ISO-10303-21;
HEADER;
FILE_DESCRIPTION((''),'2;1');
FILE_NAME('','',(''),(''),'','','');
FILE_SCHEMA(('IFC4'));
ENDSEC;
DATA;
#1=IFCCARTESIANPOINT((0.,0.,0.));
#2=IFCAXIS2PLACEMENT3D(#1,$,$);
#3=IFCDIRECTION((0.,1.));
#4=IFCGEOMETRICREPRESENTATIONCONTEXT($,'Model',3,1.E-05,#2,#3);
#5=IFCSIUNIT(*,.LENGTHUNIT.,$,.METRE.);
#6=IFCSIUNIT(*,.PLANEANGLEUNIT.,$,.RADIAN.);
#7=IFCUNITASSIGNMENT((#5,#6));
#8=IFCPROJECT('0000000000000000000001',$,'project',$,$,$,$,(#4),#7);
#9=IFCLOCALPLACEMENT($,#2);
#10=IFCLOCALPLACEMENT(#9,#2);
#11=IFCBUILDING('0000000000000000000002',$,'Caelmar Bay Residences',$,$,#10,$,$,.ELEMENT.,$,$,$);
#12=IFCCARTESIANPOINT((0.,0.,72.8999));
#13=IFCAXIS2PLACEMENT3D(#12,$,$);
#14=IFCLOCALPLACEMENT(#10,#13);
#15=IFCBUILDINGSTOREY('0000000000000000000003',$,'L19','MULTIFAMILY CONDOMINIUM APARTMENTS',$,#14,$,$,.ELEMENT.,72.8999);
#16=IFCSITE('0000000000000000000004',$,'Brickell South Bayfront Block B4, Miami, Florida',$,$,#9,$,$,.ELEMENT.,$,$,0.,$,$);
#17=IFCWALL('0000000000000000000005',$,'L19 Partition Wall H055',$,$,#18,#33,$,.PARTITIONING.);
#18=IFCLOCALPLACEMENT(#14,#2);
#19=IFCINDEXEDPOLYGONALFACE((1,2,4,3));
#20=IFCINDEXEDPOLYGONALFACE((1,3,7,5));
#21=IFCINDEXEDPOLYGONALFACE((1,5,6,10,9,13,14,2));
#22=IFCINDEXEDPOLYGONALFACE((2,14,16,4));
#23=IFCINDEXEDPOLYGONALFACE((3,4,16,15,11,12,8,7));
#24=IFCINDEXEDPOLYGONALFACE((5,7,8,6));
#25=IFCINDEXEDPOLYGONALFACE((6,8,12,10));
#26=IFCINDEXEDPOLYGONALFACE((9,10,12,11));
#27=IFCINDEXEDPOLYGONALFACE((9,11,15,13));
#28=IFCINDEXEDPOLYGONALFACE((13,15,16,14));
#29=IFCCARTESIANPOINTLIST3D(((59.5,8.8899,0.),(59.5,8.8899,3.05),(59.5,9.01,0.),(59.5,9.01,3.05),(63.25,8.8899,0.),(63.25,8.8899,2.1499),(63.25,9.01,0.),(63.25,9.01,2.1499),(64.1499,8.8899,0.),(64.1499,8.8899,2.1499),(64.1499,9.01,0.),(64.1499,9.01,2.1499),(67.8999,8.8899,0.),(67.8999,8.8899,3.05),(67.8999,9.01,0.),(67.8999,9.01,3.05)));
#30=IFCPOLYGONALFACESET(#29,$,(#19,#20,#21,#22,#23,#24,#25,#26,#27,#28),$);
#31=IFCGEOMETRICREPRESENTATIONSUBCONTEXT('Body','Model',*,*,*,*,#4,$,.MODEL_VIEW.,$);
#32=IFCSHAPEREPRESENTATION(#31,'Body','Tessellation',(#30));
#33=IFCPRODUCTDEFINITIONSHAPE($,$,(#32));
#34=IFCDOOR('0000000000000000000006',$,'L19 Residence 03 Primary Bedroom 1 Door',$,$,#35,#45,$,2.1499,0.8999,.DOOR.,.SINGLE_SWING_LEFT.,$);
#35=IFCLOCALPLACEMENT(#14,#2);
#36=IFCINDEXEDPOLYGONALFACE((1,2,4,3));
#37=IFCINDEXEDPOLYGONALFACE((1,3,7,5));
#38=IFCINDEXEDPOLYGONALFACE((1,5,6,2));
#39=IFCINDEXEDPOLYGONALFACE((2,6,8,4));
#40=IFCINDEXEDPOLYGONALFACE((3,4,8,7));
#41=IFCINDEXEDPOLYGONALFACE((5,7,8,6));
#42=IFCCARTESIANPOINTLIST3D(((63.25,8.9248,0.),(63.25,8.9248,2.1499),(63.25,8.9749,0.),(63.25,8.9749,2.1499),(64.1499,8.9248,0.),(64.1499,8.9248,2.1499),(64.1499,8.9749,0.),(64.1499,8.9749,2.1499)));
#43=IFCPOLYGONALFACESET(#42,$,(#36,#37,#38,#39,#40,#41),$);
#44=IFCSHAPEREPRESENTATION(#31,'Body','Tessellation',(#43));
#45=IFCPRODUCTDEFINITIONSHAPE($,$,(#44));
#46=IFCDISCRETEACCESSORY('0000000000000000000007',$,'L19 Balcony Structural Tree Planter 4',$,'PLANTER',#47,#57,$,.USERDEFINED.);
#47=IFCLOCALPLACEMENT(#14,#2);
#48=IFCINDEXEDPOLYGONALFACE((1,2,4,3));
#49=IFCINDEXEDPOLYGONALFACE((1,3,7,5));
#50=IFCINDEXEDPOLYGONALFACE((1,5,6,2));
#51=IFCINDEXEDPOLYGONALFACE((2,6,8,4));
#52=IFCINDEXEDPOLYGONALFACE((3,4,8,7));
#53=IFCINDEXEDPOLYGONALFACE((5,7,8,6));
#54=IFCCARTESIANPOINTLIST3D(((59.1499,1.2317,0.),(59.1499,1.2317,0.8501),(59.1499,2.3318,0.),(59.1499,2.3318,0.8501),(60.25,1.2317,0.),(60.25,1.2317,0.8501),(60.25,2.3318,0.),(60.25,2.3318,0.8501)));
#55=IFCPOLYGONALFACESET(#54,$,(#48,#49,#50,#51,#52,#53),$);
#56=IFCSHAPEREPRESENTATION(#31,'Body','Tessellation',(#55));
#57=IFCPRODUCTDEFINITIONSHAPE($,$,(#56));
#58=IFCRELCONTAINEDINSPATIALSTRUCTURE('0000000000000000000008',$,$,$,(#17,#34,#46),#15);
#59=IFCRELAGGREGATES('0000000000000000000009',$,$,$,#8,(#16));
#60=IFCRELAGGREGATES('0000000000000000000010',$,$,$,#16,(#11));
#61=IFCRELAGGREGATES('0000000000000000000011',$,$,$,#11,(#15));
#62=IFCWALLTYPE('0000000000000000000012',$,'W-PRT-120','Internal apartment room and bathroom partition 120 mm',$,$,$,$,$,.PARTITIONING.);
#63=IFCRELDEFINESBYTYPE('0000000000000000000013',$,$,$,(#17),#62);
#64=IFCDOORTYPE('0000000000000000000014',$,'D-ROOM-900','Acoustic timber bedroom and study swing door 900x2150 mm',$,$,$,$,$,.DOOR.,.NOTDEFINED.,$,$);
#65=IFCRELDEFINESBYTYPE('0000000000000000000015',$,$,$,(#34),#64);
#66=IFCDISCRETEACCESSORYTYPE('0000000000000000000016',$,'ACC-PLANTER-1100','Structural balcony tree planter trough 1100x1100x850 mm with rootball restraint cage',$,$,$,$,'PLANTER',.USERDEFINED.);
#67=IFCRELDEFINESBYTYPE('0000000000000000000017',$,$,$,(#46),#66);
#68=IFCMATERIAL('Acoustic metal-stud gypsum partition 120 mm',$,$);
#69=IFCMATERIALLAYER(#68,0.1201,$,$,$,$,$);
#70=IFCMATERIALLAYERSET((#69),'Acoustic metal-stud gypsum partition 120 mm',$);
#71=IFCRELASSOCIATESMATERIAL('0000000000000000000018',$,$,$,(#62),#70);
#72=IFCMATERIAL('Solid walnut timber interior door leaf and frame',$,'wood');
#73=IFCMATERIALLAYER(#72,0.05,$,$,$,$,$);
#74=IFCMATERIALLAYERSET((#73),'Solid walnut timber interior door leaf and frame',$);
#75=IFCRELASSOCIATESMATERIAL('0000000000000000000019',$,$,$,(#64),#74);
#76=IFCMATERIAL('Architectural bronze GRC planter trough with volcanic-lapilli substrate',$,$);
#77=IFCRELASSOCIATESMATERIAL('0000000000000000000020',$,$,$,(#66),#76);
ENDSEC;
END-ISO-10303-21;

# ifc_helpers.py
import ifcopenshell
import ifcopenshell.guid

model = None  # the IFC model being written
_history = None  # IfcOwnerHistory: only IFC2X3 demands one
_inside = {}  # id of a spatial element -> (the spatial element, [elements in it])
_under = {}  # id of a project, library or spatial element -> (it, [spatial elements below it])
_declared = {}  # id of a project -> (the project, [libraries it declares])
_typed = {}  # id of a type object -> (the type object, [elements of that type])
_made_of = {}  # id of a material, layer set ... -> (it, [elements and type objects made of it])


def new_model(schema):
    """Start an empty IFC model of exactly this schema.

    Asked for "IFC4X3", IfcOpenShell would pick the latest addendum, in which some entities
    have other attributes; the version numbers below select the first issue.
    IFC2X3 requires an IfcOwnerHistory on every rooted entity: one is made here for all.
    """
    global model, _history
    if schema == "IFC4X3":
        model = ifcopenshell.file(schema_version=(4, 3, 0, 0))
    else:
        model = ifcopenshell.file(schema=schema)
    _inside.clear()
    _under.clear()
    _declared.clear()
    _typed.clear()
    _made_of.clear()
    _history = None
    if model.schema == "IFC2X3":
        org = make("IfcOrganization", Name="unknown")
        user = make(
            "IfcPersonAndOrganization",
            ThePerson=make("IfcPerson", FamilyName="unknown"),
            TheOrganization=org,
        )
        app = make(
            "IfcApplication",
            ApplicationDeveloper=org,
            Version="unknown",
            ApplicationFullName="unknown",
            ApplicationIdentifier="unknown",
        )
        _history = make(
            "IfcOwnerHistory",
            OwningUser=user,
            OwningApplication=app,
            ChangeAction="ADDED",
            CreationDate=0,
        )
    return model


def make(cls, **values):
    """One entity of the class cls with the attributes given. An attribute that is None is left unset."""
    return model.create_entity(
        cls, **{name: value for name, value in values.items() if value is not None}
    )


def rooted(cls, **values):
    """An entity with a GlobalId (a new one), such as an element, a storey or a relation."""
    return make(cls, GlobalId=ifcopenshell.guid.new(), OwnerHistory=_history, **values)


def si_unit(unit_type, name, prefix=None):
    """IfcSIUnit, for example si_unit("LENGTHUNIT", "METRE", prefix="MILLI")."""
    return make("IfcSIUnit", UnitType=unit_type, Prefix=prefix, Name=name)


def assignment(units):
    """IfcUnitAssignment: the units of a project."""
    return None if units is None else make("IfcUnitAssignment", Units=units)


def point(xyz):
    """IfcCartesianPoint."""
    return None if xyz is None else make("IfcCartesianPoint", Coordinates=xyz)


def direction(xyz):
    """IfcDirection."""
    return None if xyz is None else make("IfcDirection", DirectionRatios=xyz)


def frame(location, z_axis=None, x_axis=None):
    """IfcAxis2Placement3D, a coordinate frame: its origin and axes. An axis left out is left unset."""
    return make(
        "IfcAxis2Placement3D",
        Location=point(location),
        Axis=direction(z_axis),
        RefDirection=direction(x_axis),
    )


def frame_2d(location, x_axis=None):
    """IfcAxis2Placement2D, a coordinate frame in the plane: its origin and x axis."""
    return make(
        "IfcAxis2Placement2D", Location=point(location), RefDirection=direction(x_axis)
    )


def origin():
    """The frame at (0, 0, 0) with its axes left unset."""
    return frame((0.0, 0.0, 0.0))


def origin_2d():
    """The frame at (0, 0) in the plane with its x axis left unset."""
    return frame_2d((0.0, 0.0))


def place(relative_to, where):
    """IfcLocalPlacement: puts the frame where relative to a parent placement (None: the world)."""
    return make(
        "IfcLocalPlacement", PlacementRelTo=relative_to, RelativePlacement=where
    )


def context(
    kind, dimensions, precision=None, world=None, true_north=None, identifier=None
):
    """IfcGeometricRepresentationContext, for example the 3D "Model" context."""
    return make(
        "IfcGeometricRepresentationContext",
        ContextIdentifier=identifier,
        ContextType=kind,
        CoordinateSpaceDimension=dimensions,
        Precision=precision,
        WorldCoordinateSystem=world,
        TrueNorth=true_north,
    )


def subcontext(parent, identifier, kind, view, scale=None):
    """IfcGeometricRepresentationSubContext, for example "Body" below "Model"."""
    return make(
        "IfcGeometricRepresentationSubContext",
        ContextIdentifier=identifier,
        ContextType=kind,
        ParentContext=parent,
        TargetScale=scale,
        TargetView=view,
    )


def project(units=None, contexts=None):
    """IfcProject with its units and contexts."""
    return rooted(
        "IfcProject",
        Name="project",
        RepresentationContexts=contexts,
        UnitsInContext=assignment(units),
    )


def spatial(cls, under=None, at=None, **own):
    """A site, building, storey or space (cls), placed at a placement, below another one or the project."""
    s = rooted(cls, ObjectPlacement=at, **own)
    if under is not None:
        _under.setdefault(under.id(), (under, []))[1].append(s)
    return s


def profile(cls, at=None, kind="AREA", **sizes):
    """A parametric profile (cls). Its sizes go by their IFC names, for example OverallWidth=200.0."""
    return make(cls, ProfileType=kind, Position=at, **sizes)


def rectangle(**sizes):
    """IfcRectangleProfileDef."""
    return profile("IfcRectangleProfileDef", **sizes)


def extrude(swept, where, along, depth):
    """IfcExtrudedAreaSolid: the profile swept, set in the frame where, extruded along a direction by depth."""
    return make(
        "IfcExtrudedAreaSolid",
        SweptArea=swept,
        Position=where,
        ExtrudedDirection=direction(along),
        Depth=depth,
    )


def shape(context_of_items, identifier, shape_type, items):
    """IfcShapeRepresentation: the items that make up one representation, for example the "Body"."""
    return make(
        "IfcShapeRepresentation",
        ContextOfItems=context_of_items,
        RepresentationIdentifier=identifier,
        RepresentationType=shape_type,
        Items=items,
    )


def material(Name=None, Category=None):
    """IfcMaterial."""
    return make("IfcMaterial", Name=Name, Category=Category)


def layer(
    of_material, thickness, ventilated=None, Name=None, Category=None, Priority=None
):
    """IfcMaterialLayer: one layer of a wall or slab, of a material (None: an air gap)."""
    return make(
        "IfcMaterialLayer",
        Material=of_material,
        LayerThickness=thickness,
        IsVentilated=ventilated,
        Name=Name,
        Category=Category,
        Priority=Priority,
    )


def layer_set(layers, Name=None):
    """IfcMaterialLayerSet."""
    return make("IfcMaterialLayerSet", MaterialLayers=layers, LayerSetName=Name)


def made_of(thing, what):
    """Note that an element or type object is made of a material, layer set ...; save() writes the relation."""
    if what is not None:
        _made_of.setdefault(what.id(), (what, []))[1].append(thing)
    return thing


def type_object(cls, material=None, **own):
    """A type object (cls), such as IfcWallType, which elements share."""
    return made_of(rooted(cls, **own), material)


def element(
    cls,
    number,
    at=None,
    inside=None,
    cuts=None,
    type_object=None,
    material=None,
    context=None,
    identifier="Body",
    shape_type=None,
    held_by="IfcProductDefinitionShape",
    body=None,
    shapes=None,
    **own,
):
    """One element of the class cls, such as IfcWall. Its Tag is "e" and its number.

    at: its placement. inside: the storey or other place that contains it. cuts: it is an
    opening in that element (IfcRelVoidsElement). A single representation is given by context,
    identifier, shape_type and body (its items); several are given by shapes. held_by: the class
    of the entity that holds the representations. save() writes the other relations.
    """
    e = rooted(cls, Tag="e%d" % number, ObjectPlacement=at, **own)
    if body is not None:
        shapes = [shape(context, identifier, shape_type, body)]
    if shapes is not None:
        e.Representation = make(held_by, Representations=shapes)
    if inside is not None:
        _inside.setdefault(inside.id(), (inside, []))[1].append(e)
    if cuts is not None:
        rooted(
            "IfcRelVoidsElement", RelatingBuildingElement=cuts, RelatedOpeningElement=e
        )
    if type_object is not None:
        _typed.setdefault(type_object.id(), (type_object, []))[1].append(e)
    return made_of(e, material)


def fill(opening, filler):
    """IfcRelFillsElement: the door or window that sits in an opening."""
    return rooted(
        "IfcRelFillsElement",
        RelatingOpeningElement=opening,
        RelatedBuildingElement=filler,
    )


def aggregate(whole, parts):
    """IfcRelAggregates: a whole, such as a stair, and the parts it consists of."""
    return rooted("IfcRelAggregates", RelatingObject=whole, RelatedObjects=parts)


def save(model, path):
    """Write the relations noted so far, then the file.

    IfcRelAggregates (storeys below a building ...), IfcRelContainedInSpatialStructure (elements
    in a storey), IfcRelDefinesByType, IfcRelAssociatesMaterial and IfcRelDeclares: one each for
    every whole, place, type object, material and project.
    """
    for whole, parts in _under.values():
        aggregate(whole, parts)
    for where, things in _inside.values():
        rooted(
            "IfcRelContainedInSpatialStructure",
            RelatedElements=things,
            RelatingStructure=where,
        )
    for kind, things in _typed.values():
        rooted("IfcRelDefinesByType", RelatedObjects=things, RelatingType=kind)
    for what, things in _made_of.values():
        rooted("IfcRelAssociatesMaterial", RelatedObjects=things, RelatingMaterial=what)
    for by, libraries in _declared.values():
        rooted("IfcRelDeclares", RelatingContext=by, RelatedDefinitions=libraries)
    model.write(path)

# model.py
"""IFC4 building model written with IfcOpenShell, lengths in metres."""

from ifc_helpers import new_model, si_unit, direction, frame, frame_2d, origin, origin_2d, place, context, subcontext, project, spatial, rectangle, extrude, material, layer, layer_set, type_object, element, fill, save


model = new_model("IFC4")

# Units and contexts
model_context = context("Model", 3, precision=1e-05, world=origin(), true_north=direction((0.0, 1.0)))
body_context = subcontext(model_context, "Body", "Model", "MODEL_VIEW")
ifc_project = project(units=[si_unit("LENGTHUNIT", "METRE"), si_unit("PLANEANGLEUNIT", "RADIAN")], contexts=[model_context])

# Site, building, storey
site_placement = place(None, origin())
site = spatial("IfcSite", under=ifc_project, at=site_placement, Name="Brickell South Bayfront Block B4, Miami, Florida", CompositionType="ELEMENT", RefElevation=0.0)
building_placement = place(site_placement, origin())
building = spatial("IfcBuilding", under=site, at=building_placement, Name="Caelmar Bay Residences", CompositionType="ELEMENT")
storey_placement = place(building_placement, frame((0.0, 0.0, 72.8999)))
storey = spatial("IfcBuildingStorey", under=building, at=storey_placement, Name="L19", Description="MULTIFAMILY CONDOMINIUM APARTMENTS", CompositionType="ELEMENT", Elevation=72.8999)

# Shared definitions
ifc_material_1 = material(Name="Acoustic metal-stud gypsum partition 120 mm")
ifc_layer_1 = layer(ifc_material_1, 0.1201)
ifc_layer_set_1 = layer_set([ifc_layer_1], Name="Acoustic metal-stud gypsum partition 120 mm")
wall_type_1 = type_object("IfcWallType", Name="W-PRT-120", Description="Internal apartment room and bathroom partition 120 mm", PredefinedType="PARTITIONING", material=ifc_layer_set_1)

# Wall, opening, door
ifc_material_2 = material(Name="Solid walnut timber interior door leaf and frame", Category="wood")
ifc_layer_2 = layer(ifc_material_2, 0.05)
ifc_layer_set_2 = layer_set([ifc_layer_2], Name="Solid walnut timber interior door leaf and frame")
door_type = type_object("IfcDoorType", Name="D-ROOM-900", Description="Acoustic timber bedroom and study swing door 900x2150 mm", OperationType="NOTDEFINED", PredefinedType="DOOR", material=ifc_layer_set_2)
wall_1_placement = place(storey_placement, frame((59.5, 8.95, 0.0), z_axis=(0.0, 0.0, 1.0), x_axis=(1.0, 0.0, 0.0)))
wall_1 = element("IfcWall", 1, at=wall_1_placement, inside=storey, type_object=wall_type_1, Name="L19 Partition Wall H055", PredefinedType="PARTITIONING", context=body_context, shape_type="SweptSolid", body=[
    extrude(rectangle(XDim=8.3999, YDim=0.1201, at=frame_2d((4.2, 0.0))), origin(), (0.0, 0.0, 1.0), 3.05),
])
opening_1_placement = place(wall_1_placement, frame((3.75, 0.0, 0.0)))
opening_1 = element("IfcOpeningElement", 2, at=opening_1_placement, cuts=wall_1, PredefinedType="OPENING", context=body_context, shape_type="SweptSolid", body=[
    extrude(rectangle(XDim=0.8999, YDim=2.1499, at=frame_2d((0.45, 1.075))), frame((0.0, 0.0701, 0.0), z_axis=(0.0, -1.0, 0.0), x_axis=(1.0, 0.0, 0.0)), (0.0, 0.0, 1.0), 0.1401),
])
door_1_placement = place(opening_1_placement, origin())
door_1 = element("IfcDoor", 3, at=door_1_placement, inside=storey, type_object=door_type, Name="L19 Residence 03 Primary Bedroom 1 Door", OperationType="SINGLE_SWING_LEFT", OverallHeight=2.1499, OverallWidth=0.8999, PredefinedType="DOOR", context=body_context, shape_type="SweptSolid", body=[
    extrude(rectangle(XDim=0.8999, YDim=2.1499, at=frame_2d((0.45, 1.075))), frame((0.0, 0.0249, 0.0), z_axis=(0.0, -1.0, 0.0), x_axis=(1.0, 0.0, 0.0)), (0.0, 0.0, 1.0), 0.05),
])
fill(opening_1, door_1)

# Discrete accessory
ifc_material_3 = material(Name="Architectural bronze GRC planter trough with volcanic-lapilli substrate")
discrete_accessory_type = type_object("IfcDiscreteAccessoryType", Name="ACC-PLANTER-1100", Description="Structural balcony tree planter trough 1100x1100x850 mm with rootball restraint cage", ElementType="PLANTER", PredefinedType="USERDEFINED", material=ifc_material_3)
discrete_accessory_placement = place(storey_placement, frame((59.7, 1.7817, 0.0), z_axis=(0.0, 0.0, 1.0), x_axis=(1.0, 0.0, 0.0)))
element("IfcDiscreteAccessory", 4, at=discrete_accessory_placement, inside=storey, type_object=discrete_accessory_type, Name="L19 Balcony Structural Tree Planter 4", ObjectType="PLANTER", PredefinedType="USERDEFINED", context=body_context, shape_type="SweptSolid", body=[
    extrude(rectangle(XDim=1.1001, YDim=1.1001, at=origin_2d()), origin(), (0.0, 0.0, 1.0), 0.8501),
])

save(model, "model.ifc")
